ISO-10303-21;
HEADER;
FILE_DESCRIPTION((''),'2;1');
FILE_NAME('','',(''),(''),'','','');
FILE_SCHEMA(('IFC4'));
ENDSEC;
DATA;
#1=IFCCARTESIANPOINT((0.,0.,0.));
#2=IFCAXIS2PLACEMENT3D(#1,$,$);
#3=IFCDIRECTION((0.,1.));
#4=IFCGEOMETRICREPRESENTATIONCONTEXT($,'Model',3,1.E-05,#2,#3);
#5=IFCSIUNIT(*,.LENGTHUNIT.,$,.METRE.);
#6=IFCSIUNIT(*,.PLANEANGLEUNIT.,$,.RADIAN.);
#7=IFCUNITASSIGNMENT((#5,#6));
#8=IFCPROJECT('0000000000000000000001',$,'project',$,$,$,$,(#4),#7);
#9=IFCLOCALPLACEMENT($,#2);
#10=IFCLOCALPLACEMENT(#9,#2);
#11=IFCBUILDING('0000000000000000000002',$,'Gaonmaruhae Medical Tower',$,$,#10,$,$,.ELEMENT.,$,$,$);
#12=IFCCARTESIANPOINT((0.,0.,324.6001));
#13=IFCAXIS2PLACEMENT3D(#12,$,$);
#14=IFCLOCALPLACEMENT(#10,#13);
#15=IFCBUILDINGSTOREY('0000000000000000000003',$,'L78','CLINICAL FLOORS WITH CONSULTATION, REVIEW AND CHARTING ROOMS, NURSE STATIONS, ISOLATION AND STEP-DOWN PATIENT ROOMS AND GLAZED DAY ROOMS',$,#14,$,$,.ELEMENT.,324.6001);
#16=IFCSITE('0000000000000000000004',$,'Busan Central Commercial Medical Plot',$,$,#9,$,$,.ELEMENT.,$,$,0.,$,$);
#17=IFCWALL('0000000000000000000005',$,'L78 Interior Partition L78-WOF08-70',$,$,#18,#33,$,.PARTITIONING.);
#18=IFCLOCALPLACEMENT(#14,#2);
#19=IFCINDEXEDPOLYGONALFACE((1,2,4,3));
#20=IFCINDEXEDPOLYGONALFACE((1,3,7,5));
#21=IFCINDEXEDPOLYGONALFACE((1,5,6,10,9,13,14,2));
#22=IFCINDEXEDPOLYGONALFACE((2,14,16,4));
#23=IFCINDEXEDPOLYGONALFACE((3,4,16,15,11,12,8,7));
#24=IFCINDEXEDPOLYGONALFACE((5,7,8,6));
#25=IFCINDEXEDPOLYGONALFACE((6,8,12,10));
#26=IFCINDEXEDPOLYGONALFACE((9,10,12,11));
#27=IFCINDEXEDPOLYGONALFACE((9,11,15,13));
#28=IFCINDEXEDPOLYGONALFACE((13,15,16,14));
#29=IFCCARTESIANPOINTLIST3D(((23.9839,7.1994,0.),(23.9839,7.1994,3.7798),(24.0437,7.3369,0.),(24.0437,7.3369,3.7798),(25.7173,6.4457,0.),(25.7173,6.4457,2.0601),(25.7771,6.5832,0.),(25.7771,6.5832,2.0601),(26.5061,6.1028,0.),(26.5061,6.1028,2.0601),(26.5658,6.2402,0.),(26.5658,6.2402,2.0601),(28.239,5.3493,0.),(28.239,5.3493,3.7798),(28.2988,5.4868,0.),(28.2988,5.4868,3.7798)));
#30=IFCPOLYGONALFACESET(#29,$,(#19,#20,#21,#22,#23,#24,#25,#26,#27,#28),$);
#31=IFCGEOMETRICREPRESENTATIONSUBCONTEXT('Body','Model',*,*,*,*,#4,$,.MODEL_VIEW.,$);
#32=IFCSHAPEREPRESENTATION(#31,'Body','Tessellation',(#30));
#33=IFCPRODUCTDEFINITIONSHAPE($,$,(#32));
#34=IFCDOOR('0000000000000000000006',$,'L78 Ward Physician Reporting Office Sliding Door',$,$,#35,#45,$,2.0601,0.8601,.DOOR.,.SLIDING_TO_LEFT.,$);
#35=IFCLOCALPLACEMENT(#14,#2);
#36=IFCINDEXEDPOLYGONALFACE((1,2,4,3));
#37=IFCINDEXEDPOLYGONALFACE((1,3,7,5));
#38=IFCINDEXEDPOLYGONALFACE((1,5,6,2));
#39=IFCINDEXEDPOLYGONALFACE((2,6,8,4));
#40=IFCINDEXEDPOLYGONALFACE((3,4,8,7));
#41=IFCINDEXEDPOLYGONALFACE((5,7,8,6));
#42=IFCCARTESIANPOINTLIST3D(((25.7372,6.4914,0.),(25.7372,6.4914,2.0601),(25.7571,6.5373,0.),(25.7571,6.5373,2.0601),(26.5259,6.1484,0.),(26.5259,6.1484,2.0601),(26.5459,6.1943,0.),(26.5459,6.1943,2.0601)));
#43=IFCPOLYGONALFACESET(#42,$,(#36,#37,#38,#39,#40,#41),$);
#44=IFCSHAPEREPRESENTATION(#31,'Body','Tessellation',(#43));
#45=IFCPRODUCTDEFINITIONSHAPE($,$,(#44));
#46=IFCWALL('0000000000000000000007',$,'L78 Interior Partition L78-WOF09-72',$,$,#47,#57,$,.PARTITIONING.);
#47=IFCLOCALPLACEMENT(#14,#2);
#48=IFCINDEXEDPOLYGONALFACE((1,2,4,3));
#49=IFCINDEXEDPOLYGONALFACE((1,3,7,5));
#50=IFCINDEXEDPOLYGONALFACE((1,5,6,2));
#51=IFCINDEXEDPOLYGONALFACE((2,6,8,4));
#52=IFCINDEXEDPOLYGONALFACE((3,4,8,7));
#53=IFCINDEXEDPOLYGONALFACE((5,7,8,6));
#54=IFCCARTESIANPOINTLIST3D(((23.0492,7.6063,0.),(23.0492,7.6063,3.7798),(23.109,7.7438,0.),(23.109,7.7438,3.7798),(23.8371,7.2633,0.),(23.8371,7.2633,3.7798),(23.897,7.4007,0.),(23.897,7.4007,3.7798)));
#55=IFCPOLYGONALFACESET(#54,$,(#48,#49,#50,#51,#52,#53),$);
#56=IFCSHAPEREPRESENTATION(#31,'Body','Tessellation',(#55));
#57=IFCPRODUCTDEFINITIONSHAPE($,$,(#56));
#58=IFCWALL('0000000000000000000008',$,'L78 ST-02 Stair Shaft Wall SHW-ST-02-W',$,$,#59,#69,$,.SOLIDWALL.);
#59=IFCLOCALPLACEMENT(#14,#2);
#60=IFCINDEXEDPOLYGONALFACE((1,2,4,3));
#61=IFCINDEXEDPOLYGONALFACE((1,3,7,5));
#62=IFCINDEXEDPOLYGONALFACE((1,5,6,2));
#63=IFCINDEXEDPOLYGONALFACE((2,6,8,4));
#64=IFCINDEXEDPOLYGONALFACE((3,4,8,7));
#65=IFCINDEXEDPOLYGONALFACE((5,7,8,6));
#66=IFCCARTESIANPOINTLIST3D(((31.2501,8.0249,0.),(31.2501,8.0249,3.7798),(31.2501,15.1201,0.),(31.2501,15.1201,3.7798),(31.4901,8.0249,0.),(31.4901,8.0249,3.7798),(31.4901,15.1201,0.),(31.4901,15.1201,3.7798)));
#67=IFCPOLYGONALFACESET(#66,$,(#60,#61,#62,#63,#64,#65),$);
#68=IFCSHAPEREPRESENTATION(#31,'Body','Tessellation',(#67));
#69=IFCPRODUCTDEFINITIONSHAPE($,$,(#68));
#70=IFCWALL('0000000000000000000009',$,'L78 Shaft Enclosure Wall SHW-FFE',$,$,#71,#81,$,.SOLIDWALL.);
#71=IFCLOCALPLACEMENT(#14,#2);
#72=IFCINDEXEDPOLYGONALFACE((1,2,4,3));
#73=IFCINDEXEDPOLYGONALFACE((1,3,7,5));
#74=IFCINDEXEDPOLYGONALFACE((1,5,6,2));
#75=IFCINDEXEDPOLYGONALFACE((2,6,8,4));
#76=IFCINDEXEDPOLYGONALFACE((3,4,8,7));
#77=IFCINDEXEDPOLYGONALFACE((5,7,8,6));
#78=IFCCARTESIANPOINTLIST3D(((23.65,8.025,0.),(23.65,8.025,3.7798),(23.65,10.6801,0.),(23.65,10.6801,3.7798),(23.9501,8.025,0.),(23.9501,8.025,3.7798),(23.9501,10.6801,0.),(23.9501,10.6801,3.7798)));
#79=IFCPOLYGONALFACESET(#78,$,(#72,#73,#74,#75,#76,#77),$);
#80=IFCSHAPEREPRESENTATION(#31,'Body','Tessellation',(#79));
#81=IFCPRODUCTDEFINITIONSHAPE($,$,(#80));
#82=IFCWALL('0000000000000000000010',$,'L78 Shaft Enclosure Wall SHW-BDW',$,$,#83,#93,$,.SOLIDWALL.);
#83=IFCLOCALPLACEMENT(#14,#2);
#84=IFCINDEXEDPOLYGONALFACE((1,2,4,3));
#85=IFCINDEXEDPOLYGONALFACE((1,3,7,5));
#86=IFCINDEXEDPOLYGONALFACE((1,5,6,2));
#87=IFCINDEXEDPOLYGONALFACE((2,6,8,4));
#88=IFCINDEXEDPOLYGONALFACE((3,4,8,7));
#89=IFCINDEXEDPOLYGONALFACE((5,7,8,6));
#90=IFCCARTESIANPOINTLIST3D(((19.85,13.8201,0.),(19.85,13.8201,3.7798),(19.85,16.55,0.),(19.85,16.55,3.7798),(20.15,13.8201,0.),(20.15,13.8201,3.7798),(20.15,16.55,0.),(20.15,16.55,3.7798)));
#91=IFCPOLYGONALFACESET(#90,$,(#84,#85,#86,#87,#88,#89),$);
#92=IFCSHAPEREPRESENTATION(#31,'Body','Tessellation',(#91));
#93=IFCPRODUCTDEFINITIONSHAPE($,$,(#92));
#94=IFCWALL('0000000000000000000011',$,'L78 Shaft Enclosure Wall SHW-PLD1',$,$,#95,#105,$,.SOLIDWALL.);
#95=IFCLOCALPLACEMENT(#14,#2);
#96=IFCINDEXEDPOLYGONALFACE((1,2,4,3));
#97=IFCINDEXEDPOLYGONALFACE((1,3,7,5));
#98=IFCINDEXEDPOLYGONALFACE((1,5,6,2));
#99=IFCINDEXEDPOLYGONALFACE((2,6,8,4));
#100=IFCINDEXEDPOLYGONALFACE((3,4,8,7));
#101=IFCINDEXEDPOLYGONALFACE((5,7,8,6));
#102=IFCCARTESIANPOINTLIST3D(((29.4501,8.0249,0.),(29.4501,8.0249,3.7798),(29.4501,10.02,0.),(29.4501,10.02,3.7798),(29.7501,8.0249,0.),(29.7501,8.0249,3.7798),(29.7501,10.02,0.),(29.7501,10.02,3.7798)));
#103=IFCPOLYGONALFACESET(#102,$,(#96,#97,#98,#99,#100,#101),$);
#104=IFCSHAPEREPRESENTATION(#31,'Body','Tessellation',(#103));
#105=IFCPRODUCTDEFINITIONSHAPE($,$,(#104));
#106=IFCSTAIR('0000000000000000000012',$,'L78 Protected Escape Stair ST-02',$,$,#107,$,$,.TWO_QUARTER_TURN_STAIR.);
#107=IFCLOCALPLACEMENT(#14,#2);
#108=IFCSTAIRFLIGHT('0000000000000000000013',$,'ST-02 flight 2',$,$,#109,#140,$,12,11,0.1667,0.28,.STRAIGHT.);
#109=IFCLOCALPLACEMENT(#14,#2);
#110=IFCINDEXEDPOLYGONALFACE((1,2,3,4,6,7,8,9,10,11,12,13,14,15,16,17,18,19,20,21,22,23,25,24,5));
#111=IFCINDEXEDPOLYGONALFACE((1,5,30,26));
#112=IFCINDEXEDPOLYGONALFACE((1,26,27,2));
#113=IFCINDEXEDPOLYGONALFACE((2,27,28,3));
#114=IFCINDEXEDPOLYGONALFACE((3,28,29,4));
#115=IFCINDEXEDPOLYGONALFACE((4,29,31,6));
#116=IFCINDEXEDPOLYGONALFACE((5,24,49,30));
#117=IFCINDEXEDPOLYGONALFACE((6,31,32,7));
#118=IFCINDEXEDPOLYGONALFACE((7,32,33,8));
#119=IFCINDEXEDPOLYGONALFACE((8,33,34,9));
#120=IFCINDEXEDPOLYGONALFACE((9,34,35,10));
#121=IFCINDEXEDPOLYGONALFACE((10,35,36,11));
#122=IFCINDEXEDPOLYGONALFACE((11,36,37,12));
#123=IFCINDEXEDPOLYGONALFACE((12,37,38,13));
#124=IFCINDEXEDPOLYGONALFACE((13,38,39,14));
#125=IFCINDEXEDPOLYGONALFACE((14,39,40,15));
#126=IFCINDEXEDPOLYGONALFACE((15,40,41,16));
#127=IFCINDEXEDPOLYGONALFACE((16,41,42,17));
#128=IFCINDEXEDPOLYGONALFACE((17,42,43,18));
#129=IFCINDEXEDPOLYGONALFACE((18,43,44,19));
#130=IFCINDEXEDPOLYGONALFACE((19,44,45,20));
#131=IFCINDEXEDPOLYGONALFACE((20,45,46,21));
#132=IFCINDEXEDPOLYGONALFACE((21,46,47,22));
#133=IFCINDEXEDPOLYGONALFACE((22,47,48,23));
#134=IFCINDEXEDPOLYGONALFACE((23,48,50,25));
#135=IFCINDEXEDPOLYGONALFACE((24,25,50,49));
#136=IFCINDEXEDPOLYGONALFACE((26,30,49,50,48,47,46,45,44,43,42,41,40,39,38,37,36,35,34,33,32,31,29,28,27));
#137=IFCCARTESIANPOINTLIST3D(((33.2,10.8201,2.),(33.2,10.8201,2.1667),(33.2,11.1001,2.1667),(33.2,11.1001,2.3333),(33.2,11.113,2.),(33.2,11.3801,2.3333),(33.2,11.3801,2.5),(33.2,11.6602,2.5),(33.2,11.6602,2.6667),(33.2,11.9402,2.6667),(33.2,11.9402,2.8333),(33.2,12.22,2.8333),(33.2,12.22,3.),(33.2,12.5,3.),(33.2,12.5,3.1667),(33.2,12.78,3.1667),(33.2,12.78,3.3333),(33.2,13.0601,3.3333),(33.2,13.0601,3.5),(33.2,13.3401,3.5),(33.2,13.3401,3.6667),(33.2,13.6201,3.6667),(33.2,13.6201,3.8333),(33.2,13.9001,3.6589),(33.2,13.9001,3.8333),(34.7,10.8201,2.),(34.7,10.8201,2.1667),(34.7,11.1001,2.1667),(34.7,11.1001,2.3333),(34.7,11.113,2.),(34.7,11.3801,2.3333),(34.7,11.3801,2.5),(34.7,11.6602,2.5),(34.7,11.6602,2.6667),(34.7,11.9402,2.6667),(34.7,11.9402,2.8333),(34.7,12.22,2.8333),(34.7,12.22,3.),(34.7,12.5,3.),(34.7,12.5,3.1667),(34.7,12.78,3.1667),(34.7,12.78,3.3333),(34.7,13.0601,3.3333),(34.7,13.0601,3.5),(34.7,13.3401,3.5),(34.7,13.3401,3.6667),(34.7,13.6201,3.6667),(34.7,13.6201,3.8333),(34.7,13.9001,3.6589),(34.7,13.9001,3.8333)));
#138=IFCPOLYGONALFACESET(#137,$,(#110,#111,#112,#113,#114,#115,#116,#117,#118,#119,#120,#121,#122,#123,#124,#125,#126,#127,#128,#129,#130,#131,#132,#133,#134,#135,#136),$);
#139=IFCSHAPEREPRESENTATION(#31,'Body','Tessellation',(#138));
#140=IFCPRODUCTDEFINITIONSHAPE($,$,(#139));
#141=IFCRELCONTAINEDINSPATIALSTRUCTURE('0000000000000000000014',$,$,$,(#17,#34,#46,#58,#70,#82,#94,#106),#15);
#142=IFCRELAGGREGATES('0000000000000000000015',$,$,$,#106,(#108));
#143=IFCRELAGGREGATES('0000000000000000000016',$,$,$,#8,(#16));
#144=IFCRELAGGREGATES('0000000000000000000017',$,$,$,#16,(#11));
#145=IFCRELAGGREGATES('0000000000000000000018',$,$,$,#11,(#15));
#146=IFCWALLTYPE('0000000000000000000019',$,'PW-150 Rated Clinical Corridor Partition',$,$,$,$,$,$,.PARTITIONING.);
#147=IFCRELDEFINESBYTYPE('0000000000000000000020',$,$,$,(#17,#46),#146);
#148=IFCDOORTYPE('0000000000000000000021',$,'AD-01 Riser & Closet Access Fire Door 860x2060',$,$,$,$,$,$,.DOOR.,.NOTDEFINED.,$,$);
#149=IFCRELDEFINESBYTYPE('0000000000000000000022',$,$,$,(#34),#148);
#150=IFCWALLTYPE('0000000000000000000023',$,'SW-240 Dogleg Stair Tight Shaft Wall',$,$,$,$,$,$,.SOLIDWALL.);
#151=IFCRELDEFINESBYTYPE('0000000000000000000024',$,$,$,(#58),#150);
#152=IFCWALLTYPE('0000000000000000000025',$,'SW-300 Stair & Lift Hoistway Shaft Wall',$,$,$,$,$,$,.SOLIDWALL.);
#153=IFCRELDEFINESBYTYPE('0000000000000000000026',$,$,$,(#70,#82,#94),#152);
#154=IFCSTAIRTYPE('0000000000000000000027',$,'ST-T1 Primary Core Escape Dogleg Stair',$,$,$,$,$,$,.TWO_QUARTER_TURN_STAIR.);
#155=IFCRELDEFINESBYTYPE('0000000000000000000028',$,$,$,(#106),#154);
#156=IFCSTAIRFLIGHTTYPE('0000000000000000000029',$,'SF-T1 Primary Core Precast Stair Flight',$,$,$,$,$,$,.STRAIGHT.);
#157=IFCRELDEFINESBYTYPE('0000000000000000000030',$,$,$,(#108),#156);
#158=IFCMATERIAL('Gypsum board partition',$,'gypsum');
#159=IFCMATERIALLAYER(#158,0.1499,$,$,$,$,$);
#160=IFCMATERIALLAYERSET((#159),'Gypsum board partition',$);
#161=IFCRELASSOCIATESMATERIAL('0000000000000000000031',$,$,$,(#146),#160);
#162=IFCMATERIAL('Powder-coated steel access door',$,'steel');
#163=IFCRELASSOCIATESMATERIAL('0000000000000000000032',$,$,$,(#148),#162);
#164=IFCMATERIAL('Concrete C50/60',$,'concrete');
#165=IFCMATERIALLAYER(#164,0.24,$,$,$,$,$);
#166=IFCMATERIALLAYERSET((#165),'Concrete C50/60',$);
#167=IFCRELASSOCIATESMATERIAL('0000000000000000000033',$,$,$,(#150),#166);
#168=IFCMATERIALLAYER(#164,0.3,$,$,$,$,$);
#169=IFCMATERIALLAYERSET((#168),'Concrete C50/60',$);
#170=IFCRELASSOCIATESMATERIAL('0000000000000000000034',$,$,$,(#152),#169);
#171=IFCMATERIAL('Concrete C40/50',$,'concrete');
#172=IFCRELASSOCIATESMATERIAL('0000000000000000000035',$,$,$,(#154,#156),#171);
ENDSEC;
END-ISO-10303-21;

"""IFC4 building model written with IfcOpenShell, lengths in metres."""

from ifc_helpers import new_model, si_unit, direction, frame, frame_2d, origin, place, context, subcontext, project, spatial, polyline, rectangle, outline, extrude, material, layer, layer_set, type_object, element, fill, aggregate, save


model = new_model("IFC4")

# Units and contexts
model_context = context("Model", 3, precision=1e-05, world=origin(), true_north=direction((0.0, 1.0)))
body_context = subcontext(model_context, "Body", "Model", "MODEL_VIEW")
ifc_project = project(units=[si_unit("LENGTHUNIT", "METRE"), si_unit("PLANEANGLEUNIT", "RADIAN")], contexts=[model_context])

# Site, building, storey
site_placement = place(None, origin())
site = spatial("IfcSite", under=ifc_project, at=site_placement, Name="Busan Central Commercial Medical Plot", CompositionType="ELEMENT", RefElevation=0.0)
building_placement = place(site_placement, origin())
building = spatial("IfcBuilding", under=site, at=building_placement, Name="Gaonmaruhae Medical Tower", CompositionType="ELEMENT")
storey_placement = place(building_placement, frame((0.0, 0.0, 324.6001)))
storey = spatial("IfcBuildingStorey", under=building, at=storey_placement, Name="L78", Description="CLINICAL FLOORS WITH CONSULTATION, REVIEW AND CHARTING ROOMS, NURSE STATIONS, ISOLATION AND STEP-DOWN PATIENT ROOMS AND GLAZED DAY ROOMS", CompositionType="ELEMENT", Elevation=324.6001)

# Shared definitions
ifc_material_1 = material(Name="Concrete C50/60", Category="concrete")

# Shared definitions
ifc_material_2 = material(Name="Gypsum board partition", Category="gypsum")
ifc_layer_1 = layer(ifc_material_2, 0.1499)
ifc_layer_set_1 = layer_set([ifc_layer_1], Name="Gypsum board partition")
wall_type_1 = type_object("IfcWallType", Name="PW-150 Rated Clinical Corridor Partition", PredefinedType="PARTITIONING", material=ifc_layer_set_1)

# Wall, opening, door
wall_1_placement = place(storey_placement, frame((24.0139, 7.2681, 0.0), z_axis=(0.0, 0.0, 1.0), x_axis=(0.917067, -0.398734, 0.0)))
wall_1 = element("IfcWall", 1, at=wall_1_placement, inside=storey, type_object=wall_type_1, Name="L78 Interior Partition L78-WOF08-70", PredefinedType="PARTITIONING", context=body_context, shape_type="SweptSolid", body=[
    extrude(rectangle(XDim=4.6399, YDim=0.1499, at=frame_2d((2.3198, 0.0))), origin(), (0.0, 0.0, 1.0), 3.7798),
])
opening_1_placement = place(wall_1_placement, frame((1.8899, 0.0, 0.0)))
opening_1 = element("IfcOpeningElement", 2, at=opening_1_placement, cuts=wall_1, PredefinedType="OPENING", context=body_context, shape_type="SweptSolid", body=[
    extrude(rectangle(XDim=0.8601, YDim=2.0601, at=frame_2d((0.4302, 1.03))), frame((0.0, 0.085, 0.0), z_axis=(0.0, -1.0, 0.0), x_axis=(1.0, 0.0, 0.0)), (0.0, 0.0, 1.0), 0.1699),
])
ifc_material_3 = material(Name="Powder-coated steel access door", Category="steel")
door_type_1 = type_object("IfcDoorType", Name="AD-01 Riser & Closet Access Fire Door 860x2060", OperationType="NOTDEFINED", PredefinedType="DOOR", material=ifc_material_3)
door_1_placement = place(opening_1_placement, origin())
door_1 = element("IfcDoor", 3, at=door_1_placement, inside=storey, type_object=door_type_1, Name="L78 Ward Physician Reporting Office Sliding Door", OperationType="SLIDING_TO_LEFT", OverallHeight=2.0601, OverallWidth=0.8601, PredefinedType="DOOR", context=body_context, shape_type="SweptSolid", body=[
    extrude(rectangle(XDim=0.8601, YDim=2.0601, at=frame_2d((0.4302, 1.03))), frame((0.0, 0.0249, 0.0), z_axis=(0.0, -1.0, 0.0), x_axis=(1.0, 0.0, 0.0)), (0.0, 0.0, 1.0), 0.05),
])
fill(opening_1, door_1)

# Walls
wall_2_placement = place(storey_placement, frame((23.0791, 7.675, 0.0), z_axis=(0.0, 0.0, 1.0), x_axis=(0.916867, -0.399194, 0.0)))
element("IfcWall", 4, at=wall_2_placement, inside=storey, type_object=wall_type_1, Name="L78 Interior Partition L78-WOF09-72", PredefinedType="PARTITIONING", context=body_context, shape_type="SweptSolid", body=[
    extrude(rectangle(XDim=0.8594, YDim=0.1499, at=frame_2d((0.4297, 0.0))), origin(), (0.0, 0.0, 1.0), 3.7798),
])
ifc_layer_2 = layer(ifc_material_1, 0.24)
ifc_layer_set_2 = layer_set([ifc_layer_2], Name="Concrete C50/60")
wall_type_2 = type_object("IfcWallType", Name="SW-240 Dogleg Stair Tight Shaft Wall", PredefinedType="SOLIDWALL", material=ifc_layer_set_2)
wall_3_placement = place(storey_placement, frame((31.3701, 8.0249, 0.0), z_axis=(0.0, 0.0, 1.0), x_axis=(0.0, 1.0, 0.0)))
element("IfcWall", 5, at=wall_3_placement, inside=storey, type_object=wall_type_2, Name="L78 ST-02 Stair Shaft Wall SHW-ST-02-W", PredefinedType="SOLIDWALL", context=body_context, shape_type="SweptSolid", body=[
    extrude(rectangle(XDim=7.0952, YDim=0.24, at=frame_2d((3.5476, 0.0))), origin(), (0.0, 0.0, 1.0), 3.7798),
])
ifc_layer_3 = layer(ifc_material_1, 0.3)
ifc_layer_set_3 = layer_set([ifc_layer_3], Name="Concrete C50/60")
wall_type_3 = type_object("IfcWallType", Name="SW-300 Stair & Lift Hoistway Shaft Wall", PredefinedType="SOLIDWALL", material=ifc_layer_set_3)
wall_4_placement = place(storey_placement, frame((23.8, 8.0249, 0.0), z_axis=(0.0, 0.0, 1.0), x_axis=(0.0, 1.0, 0.0)))
element("IfcWall", 6, at=wall_4_placement, inside=storey, type_object=wall_type_3, Name="L78 Shaft Enclosure Wall SHW-FFE", PredefinedType="SOLIDWALL", context=body_context, shape_type="SweptSolid", body=[
    extrude(rectangle(XDim=2.655, YDim=0.3, at=frame_2d((1.3276, 0.0))), origin(), (0.0, 0.0, 1.0), 3.7798),
])
wall_5_placement = place(storey_placement, frame((20.0, 13.8201, 0.0), z_axis=(0.0, 0.0, 1.0), x_axis=(0.0, 1.0, 0.0)))
element("IfcWall", 7, at=wall_5_placement, inside=storey, type_object=wall_type_3, Name="L78 Shaft Enclosure Wall SHW-BDW", PredefinedType="SOLIDWALL", context=body_context, shape_type="SweptSolid", body=[
    extrude(rectangle(XDim=2.73, YDim=0.3, at=frame_2d((1.365, 0.0))), origin(), (0.0, 0.0, 1.0), 3.7798),
])

# Wall
wall_6_placement = place(storey_placement, frame((29.6001, 8.0249, 0.0), z_axis=(0.0, 0.0, 1.0), x_axis=(0.0, 1.0, 0.0)))
element("IfcWall", 8, at=wall_6_placement, inside=storey, type_object=wall_type_3, Name="L78 Shaft Enclosure Wall SHW-PLD1", PredefinedType="SOLIDWALL", context=body_context, shape_type="SweptSolid", body=[
    extrude(rectangle(XDim=1.9951, YDim=0.3, at=frame_2d((0.9976, 0.0))), origin(), (0.0, 0.0, 1.0), 3.7798),
])

# Stair, stair flight
ifc_material_4 = material(Name="Concrete C40/50", Category="concrete")
stair_type = type_object("IfcStairType", Name="ST-T1 Primary Core Escape Dogleg Stair", PredefinedType="TWO_QUARTER_TURN_STAIR", material=ifc_material_4)
stair_placement = place(storey_placement, origin())
stair = element("IfcStair", 9, at=stair_placement, inside=storey, type_object=stair_type, Name="L78 Protected Escape Stair ST-02", PredefinedType="TWO_QUARTER_TURN_STAIR")
stair_flight_type = type_object("IfcStairFlightType", Name="SF-T1 Primary Core Precast Stair Flight", PredefinedType="STRAIGHT", material=ifc_material_4)
stair_flight_placement = place(storey_placement, frame((33.95, 10.8201, 2.0), z_axis=(0.0, 0.0, 1.0), x_axis=(0.0, 1.0, 0.0)))
stair_flight = element("IfcStairFlight", 10, at=stair_flight_placement, type_object=stair_flight_type, Name="ST-02 flight 2", NumberOfRisers=12, NumberOfTreads=11, PredefinedType="STRAIGHT", RiserHeight=0.1667, TreadLength=0.28, context=body_context, shape_type="SweptSolid", body=[
    extrude(outline(polyline([(0.0, 0.0), (0.0, 0.1667), (0.28, 0.1667), (0.28, 0.3333), (0.5601, 0.3333), (0.5601, 0.5), (0.8401, 0.5), (0.8401, 0.6667), (1.1201, 0.6667), (1.1201, 0.8333), (1.3999, 0.8333), (1.3999, 1.0), (1.6799, 1.0), (1.6799, 1.1667), (1.96, 1.1667), (1.96, 1.3333), (2.24, 1.3333), (2.24, 1.5), (2.52, 1.5), (2.52, 1.6667), (2.8, 1.6667), (2.8, 1.8333), (3.0801, 1.8333), (3.0801, 2.0), (3.0801, 1.6589), (0.293, 0.0), (0.0, 0.0)])), frame((0.0, 0.75, 0.0), z_axis=(0.0, -1.0, 0.0), x_axis=(1.0, 0.0, 0.0)), (0.0, 0.0, 1.0), 1.5),
])
aggregate(stair, [stair_flight])

save(model, "model.ifc")
